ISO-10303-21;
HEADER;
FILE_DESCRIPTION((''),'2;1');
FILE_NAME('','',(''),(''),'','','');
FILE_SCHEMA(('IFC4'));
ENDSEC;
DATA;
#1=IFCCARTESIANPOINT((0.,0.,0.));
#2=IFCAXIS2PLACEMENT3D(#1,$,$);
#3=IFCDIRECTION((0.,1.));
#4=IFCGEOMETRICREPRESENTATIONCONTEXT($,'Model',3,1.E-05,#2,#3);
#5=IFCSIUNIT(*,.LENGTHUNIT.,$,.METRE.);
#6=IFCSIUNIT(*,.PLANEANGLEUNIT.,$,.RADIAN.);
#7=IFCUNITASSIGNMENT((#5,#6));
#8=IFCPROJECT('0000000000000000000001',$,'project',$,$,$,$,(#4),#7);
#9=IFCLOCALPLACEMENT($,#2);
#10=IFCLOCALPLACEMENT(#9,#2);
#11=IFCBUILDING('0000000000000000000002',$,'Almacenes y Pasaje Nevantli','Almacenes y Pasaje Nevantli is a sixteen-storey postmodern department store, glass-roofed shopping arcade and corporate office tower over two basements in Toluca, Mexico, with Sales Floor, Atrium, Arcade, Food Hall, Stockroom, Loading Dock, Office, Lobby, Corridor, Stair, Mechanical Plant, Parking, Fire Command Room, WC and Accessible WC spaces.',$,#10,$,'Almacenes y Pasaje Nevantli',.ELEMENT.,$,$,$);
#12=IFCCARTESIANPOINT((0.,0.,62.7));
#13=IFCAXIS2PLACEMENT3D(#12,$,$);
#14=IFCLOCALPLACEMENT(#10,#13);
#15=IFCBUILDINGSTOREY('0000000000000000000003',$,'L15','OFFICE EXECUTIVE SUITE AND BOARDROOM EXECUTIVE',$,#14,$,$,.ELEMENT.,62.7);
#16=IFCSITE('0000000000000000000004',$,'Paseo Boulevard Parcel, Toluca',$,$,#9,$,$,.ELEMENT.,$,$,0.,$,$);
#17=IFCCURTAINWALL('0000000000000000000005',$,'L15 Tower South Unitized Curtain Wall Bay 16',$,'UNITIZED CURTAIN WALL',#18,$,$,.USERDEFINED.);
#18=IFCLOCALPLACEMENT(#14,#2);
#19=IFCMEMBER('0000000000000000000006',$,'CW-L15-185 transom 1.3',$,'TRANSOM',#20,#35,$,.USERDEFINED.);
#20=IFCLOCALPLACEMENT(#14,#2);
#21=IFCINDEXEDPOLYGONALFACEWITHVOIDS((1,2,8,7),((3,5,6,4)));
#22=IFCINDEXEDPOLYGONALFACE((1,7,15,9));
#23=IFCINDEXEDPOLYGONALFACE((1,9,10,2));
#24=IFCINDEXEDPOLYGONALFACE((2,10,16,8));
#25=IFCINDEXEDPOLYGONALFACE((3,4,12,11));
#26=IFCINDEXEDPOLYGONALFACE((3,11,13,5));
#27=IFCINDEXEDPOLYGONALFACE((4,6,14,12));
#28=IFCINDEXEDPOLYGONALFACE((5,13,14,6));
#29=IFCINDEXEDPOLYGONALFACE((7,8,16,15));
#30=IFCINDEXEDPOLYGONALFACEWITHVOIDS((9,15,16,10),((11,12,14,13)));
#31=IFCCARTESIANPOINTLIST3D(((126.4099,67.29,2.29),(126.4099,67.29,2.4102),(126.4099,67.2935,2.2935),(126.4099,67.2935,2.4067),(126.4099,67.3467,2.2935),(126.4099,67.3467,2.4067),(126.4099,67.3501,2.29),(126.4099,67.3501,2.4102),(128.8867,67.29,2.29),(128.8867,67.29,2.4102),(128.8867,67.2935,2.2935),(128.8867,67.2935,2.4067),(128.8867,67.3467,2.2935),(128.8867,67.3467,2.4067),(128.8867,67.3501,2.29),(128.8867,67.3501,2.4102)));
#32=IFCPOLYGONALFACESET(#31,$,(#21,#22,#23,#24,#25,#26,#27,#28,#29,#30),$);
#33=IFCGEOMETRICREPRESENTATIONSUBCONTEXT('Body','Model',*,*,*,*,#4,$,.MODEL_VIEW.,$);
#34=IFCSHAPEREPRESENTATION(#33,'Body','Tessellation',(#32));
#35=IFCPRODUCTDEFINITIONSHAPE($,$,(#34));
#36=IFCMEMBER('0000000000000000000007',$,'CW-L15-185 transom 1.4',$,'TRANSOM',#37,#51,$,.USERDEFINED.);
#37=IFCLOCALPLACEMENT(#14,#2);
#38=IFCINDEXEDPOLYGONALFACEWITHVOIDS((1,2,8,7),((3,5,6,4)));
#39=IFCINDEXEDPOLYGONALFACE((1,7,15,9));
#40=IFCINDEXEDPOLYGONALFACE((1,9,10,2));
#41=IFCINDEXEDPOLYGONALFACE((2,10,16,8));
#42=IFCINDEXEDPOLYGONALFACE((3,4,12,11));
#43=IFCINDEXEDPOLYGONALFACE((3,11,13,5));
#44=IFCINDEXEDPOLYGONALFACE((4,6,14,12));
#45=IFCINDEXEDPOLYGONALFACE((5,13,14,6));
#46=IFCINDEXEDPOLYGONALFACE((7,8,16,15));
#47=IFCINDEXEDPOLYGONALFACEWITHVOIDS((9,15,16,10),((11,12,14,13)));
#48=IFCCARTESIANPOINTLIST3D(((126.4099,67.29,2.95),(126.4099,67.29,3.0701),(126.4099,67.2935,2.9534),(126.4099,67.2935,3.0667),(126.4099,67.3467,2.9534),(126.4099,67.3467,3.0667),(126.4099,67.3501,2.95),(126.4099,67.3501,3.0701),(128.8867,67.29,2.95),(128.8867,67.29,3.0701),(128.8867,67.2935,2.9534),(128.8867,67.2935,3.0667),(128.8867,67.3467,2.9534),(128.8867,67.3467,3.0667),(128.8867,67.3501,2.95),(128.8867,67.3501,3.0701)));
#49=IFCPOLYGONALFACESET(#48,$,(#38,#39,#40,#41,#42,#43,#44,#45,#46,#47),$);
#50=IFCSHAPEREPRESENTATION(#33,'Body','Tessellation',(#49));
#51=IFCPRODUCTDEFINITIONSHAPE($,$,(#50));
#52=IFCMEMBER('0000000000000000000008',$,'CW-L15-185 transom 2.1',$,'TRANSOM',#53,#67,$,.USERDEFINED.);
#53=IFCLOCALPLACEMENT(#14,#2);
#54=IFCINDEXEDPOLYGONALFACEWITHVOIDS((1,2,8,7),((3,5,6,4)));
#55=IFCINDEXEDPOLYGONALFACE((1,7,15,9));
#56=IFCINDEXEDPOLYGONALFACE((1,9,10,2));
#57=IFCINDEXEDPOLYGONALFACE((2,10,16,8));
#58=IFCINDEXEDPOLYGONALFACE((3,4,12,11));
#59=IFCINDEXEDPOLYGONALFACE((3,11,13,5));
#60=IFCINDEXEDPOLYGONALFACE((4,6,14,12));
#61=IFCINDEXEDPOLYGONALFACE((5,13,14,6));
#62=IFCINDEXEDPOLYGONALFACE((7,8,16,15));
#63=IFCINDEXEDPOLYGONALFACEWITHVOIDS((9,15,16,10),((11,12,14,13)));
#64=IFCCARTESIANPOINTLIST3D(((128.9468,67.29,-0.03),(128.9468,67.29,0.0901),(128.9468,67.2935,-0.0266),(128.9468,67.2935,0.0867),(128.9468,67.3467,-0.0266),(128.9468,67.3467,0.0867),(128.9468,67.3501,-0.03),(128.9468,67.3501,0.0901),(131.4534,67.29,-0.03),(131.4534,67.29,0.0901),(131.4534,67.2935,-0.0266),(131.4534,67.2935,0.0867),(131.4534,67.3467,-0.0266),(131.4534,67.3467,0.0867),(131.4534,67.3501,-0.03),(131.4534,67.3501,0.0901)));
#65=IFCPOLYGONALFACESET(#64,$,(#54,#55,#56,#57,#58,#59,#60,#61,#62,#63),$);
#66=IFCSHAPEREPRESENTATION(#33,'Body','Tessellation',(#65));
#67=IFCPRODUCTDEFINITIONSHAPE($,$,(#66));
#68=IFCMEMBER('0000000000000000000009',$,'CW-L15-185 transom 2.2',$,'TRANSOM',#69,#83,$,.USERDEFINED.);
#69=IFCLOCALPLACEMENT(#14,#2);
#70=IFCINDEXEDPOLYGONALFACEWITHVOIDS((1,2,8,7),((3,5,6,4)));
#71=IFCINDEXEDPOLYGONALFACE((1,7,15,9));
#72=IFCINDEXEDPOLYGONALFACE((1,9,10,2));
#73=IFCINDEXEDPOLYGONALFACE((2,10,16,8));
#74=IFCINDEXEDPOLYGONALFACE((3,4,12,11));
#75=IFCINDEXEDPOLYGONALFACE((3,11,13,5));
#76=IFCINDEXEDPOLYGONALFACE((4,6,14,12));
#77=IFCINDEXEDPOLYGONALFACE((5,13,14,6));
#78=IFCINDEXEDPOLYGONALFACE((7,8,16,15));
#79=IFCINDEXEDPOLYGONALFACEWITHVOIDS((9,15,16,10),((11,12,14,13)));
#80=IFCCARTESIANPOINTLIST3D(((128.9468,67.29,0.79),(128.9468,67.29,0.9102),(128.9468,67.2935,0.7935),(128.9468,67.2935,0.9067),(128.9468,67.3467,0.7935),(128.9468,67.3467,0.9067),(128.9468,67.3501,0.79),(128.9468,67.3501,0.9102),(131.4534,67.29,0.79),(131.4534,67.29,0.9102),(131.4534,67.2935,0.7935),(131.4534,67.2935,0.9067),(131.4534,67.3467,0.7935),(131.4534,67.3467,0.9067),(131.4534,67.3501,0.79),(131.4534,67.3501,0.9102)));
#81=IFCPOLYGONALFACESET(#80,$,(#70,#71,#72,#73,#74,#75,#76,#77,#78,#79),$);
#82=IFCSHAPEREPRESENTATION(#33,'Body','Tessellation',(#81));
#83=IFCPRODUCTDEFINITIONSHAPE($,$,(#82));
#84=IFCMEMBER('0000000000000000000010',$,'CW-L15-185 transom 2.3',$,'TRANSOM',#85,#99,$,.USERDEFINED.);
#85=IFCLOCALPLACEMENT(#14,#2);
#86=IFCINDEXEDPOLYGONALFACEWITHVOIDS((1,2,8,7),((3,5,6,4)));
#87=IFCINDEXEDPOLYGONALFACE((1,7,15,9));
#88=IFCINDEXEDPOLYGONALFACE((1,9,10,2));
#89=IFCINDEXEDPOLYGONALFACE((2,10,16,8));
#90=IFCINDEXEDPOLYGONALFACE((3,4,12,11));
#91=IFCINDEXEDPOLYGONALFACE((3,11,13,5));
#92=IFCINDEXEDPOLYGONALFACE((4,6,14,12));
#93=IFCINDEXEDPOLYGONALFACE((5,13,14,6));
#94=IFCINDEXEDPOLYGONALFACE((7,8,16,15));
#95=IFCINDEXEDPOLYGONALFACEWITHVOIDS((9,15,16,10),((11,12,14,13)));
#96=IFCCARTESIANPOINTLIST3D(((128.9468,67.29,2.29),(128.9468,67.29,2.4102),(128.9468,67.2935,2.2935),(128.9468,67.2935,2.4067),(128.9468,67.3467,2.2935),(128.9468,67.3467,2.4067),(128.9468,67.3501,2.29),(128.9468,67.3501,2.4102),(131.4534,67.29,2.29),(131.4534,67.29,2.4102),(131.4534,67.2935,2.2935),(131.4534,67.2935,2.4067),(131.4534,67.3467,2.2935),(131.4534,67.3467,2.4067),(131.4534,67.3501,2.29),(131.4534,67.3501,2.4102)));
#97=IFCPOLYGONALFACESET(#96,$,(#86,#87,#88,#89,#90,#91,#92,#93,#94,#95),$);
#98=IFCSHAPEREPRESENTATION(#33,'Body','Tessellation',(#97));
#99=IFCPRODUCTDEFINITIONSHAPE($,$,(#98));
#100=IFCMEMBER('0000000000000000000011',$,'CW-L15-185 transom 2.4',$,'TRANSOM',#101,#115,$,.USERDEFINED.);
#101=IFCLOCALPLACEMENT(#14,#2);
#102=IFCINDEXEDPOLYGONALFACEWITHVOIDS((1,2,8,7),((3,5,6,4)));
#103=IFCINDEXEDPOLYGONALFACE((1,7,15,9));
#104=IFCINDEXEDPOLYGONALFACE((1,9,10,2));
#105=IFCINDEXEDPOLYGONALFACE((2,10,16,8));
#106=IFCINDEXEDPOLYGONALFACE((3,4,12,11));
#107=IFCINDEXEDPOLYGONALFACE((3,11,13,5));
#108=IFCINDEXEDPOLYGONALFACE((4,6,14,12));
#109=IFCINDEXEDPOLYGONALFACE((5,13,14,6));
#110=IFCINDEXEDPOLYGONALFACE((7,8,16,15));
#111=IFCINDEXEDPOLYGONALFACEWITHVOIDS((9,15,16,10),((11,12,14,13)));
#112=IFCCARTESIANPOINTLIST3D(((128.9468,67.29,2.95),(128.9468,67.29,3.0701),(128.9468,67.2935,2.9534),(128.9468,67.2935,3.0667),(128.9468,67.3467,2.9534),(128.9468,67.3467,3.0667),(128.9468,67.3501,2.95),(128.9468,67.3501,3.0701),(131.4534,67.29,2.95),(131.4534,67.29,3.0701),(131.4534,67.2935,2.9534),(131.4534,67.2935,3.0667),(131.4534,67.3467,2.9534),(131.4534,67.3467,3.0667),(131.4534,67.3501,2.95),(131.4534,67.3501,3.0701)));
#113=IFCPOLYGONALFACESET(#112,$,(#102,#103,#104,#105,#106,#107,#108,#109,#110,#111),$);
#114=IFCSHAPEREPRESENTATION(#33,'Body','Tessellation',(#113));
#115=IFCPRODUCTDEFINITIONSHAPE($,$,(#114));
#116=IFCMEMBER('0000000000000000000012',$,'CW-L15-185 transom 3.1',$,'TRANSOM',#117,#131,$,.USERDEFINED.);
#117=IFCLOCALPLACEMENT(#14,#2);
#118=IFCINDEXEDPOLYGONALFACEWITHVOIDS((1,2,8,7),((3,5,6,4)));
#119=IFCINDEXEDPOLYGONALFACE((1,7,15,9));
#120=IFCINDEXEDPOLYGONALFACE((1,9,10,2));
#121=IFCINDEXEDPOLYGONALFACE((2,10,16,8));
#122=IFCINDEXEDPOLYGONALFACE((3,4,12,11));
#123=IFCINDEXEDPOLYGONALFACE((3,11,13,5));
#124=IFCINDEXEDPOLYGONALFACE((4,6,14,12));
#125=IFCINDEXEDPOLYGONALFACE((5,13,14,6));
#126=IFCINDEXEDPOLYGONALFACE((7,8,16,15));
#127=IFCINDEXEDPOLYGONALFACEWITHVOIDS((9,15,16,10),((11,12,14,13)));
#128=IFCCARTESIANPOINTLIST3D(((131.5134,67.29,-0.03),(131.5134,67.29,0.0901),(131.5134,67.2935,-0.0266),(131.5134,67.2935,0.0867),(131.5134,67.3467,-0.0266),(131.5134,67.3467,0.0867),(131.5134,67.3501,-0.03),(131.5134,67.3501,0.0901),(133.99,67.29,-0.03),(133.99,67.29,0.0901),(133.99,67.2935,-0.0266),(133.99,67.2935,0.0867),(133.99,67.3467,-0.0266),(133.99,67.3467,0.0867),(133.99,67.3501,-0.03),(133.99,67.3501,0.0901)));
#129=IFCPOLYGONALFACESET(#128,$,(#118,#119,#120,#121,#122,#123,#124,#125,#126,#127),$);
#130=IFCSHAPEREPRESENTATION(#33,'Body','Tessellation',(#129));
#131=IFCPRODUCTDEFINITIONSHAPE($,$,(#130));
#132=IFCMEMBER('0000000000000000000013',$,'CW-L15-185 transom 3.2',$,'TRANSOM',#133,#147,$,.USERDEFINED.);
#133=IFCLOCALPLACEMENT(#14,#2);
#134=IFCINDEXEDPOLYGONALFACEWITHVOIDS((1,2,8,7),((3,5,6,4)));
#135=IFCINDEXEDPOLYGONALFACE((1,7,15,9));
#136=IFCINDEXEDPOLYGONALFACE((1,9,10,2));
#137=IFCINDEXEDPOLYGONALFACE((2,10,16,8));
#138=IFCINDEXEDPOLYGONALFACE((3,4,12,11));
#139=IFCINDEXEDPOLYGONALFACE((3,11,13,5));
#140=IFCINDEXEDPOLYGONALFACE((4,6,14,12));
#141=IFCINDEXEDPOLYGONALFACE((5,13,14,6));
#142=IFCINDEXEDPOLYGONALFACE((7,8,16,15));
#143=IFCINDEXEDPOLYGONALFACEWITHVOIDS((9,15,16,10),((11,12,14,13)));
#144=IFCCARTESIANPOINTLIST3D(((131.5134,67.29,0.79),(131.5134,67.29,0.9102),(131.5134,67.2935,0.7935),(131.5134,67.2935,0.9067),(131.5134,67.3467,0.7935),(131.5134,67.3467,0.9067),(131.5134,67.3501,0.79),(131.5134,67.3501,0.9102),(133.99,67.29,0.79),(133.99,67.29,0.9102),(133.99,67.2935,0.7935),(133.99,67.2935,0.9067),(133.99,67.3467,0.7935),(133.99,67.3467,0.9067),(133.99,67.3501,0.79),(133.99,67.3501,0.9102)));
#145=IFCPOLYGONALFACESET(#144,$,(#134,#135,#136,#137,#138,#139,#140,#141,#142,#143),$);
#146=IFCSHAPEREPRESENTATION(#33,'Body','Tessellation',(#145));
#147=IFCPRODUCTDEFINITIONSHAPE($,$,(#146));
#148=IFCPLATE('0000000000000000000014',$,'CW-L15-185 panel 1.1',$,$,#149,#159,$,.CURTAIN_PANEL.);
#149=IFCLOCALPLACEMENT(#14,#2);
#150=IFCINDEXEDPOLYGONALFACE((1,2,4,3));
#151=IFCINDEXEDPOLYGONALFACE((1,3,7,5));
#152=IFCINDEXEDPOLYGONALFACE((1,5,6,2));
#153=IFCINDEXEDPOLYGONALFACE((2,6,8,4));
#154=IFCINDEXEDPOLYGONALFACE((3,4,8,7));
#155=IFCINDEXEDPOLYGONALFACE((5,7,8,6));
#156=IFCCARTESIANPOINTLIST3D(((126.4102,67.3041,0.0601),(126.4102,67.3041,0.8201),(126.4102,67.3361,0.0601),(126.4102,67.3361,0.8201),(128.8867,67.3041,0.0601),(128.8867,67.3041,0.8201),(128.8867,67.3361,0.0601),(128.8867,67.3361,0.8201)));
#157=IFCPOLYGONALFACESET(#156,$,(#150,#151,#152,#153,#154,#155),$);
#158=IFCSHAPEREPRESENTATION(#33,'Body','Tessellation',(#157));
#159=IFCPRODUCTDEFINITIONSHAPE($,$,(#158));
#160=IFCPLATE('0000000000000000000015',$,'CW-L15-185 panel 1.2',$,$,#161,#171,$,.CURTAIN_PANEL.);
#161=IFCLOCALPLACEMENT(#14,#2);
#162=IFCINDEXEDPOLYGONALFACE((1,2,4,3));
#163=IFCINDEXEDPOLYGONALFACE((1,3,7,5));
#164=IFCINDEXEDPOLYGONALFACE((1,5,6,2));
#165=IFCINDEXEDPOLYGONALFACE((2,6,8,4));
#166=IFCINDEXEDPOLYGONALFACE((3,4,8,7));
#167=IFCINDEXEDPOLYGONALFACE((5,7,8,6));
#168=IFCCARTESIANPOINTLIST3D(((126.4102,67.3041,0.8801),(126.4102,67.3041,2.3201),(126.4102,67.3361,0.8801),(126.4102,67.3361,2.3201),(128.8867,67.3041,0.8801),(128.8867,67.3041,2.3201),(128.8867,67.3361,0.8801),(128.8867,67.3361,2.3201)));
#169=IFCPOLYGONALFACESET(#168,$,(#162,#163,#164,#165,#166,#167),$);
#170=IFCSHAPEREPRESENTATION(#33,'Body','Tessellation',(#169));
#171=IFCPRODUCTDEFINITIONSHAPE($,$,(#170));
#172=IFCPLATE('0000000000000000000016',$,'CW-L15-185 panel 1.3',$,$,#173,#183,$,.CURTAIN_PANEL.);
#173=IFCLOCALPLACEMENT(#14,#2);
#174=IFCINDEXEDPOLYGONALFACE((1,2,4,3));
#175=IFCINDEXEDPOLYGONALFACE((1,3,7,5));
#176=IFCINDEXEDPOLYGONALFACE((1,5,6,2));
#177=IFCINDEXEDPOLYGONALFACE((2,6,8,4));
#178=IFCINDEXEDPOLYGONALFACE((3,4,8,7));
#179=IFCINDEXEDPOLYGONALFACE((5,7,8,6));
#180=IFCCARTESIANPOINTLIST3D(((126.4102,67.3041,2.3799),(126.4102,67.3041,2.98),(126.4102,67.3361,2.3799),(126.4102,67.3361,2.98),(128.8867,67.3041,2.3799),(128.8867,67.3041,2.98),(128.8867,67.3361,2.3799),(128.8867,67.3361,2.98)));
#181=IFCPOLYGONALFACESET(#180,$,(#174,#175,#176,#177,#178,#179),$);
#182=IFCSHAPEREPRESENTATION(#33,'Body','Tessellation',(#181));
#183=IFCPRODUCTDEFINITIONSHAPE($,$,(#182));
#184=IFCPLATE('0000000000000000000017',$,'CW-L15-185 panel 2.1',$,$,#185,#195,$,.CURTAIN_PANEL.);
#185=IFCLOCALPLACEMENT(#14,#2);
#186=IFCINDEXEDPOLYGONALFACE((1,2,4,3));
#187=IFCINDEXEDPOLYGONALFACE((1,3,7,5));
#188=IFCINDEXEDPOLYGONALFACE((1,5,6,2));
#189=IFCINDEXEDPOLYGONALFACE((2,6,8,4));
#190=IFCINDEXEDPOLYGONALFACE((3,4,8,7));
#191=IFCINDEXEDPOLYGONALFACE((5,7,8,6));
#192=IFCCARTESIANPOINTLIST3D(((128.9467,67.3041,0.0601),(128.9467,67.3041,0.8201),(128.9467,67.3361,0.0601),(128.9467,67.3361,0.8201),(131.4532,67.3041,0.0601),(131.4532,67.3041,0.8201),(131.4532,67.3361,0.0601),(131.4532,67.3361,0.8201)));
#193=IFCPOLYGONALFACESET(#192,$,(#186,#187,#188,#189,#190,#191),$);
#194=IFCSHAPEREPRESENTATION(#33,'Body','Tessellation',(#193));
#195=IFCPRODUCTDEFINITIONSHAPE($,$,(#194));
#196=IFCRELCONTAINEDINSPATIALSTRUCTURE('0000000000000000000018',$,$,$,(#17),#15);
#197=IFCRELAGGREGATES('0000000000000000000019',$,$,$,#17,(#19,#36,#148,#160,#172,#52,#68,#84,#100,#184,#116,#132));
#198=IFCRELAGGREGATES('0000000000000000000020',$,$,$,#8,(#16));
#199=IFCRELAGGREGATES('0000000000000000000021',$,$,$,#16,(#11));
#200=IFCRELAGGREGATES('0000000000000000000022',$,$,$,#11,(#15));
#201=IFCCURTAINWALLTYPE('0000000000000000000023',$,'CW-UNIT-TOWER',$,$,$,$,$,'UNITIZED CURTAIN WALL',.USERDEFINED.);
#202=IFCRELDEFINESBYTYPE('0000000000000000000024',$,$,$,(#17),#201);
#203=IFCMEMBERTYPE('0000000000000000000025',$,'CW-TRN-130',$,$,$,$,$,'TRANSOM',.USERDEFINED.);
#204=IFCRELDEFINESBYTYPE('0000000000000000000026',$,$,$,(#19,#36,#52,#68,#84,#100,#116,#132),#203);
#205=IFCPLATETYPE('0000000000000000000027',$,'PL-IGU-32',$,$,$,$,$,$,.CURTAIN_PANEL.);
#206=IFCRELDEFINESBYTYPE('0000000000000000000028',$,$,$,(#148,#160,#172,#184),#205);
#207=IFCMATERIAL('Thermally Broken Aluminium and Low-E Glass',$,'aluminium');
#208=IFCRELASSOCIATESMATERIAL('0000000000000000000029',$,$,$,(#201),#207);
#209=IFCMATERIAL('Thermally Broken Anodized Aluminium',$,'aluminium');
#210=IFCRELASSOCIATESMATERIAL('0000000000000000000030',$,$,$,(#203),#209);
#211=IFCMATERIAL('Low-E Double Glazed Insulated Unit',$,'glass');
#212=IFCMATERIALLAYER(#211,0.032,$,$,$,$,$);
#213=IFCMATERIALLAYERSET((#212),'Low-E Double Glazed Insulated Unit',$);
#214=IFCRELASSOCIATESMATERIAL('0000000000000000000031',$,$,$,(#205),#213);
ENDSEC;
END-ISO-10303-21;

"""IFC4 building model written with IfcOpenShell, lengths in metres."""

from ifc_helpers import new_model, si_unit, direction, frame, origin, origin_2d, place, context, subcontext, project, spatial, rectangle, hollow_rectangle, extrude, material, layer, layer_set, material_profile, profile_set, type_object, element, aggregate, save


model = new_model("IFC4")

# Units and contexts
model_context = context("Model", 3, precision=1e-05, world=origin(), true_north=direction((0.0, 1.0)))
body_context = subcontext(model_context, "Body", "Model", "MODEL_VIEW")
ifc_project = project(units=[si_unit("LENGTHUNIT", "METRE"), si_unit("PLANEANGLEUNIT", "RADIAN")], contexts=[model_context])

# Site, building, storey
site_placement = place(None, origin())
site = spatial("IfcSite", under=ifc_project, at=site_placement, Name="Paseo Boulevard Parcel, Toluca", CompositionType="ELEMENT", RefElevation=0.0)
building_placement = place(site_placement, origin())
building = spatial("IfcBuilding", under=site, at=building_placement, Name="Almacenes y Pasaje Nevantli", Description="Almacenes y Pasaje Nevantli is a sixteen-storey postmodern department store, glass-roofed shopping arcade and corporate office tower over two basements in Toluca, Mexico, with Sales Floor, Atrium, Arcade, Food Hall, Stockroom, Loading Dock, Office, Lobby, Corridor, Stair, Mechanical Plant, Parking, Fire Command Room, WC and Accessible WC spaces.", LongName="Almacenes y Pasaje Nevantli", CompositionType="ELEMENT")
storey_placement = place(building_placement, frame((0.0, 0.0, 62.7)))
storey = spatial("IfcBuildingStorey", under=building, at=storey_placement, Name="L15", Description="OFFICE EXECUTIVE SUITE AND BOARDROOM EXECUTIVE", CompositionType="ELEMENT", Elevation=62.7)

# Curtain wall, members, plates
ifc_material_1 = material(Name="Thermally Broken Aluminium and Low-E Glass", Category="aluminium")
curtain_wall_type = type_object("IfcCurtainWallType", Name="CW-UNIT-TOWER", ElementType="UNITIZED CURTAIN WALL", PredefinedType="USERDEFINED", material=ifc_material_1)
curtain_wall_placement = place(storey_placement, origin())
curtain_wall = element("IfcCurtainWall", 1, at=curtain_wall_placement, inside=storey, type_object=curtain_wall_type, Name="L15 Tower South Unitized Curtain Wall Bay 16", ObjectType="UNITIZED CURTAIN WALL", PredefinedType="USERDEFINED")
ifc_material_2 = material(Name="Thermally Broken Anodized Aluminium", Category="aluminium")
ifc_material_profile_1 = material_profile(ifc_material_2, hollow_rectangle(XDim=0.0601, YDim=0.1201, WallThickness=0.0034, at=origin_2d()), Name="ALU-TRN-60x120")
ifc_profile_set_1 = profile_set([ifc_material_profile_1], Name="Thermally Broken Anodized Aluminium")
member_type_1 = type_object("IfcMemberType", Name="CW-TRN-130", ElementType="TRANSOM", PredefinedType="USERDEFINED", material=ifc_profile_set_1)
member_1_placement = place(storey_placement, frame((126.4099, 67.3201, 2.3501), z_axis=(1.0, 0.0, 0.0), x_axis=(0.0, 1.0, 0.0)))
member_1 = element("IfcMember", 2, at=member_1_placement, type_object=member_type_1, Name="CW-L15-185 transom 1.3", ObjectType="TRANSOM", PredefinedType="USERDEFINED", context=body_context, shape_type="SweptSolid", body=[
    extrude(hollow_rectangle(XDim=0.0601, YDim=0.1201, WallThickness=0.0034, at=origin_2d()), origin(), (0.0, 0.0, 1.0), 2.4768),
])
member_2_placement = place(storey_placement, frame((126.4099, 67.3201, 3.01), z_axis=(1.0, 0.0, 0.0), x_axis=(0.0, 1.0, 0.0)))
member_2 = element("IfcMember", 3, at=member_2_placement, type_object=member_type_1, Name="CW-L15-185 transom 1.4", ObjectType="TRANSOM", PredefinedType="USERDEFINED", context=body_context, shape_type="SweptSolid", body=[
    extrude(hollow_rectangle(XDim=0.0601, YDim=0.1201, WallThickness=0.0034, at=origin_2d()), origin(), (0.0, 0.0, 1.0), 2.4768),
])
member_3_placement = place(storey_placement, frame((128.9468, 67.3201, 0.03), z_axis=(1.0, 0.0, 0.0), x_axis=(0.0, 1.0, 0.0)))
member_3 = element("IfcMember", 4, at=member_3_placement, type_object=member_type_1, Name="CW-L15-185 transom 2.1", ObjectType="TRANSOM", PredefinedType="USERDEFINED", context=body_context, shape_type="SweptSolid", body=[
    extrude(hollow_rectangle(XDim=0.0601, YDim=0.1201, WallThickness=0.0034, at=origin_2d()), origin(), (0.0, 0.0, 1.0), 2.5066),
])
member_4_placement = place(storey_placement, frame((128.9468, 67.3201, 0.8501), z_axis=(1.0, 0.0, 0.0), x_axis=(0.0, 1.0, 0.0)))
member_4 = element("IfcMember", 5, at=member_4_placement, type_object=member_type_1, Name="CW-L15-185 transom 2.2", ObjectType="TRANSOM", PredefinedType="USERDEFINED", context=body_context, shape_type="SweptSolid", body=[
    extrude(hollow_rectangle(XDim=0.0601, YDim=0.1201, WallThickness=0.0034, at=origin_2d()), origin(), (0.0, 0.0, 1.0), 2.5066),
])
member_5_placement = place(storey_placement, frame((128.9468, 67.3201, 2.3501), z_axis=(1.0, 0.0, 0.0), x_axis=(0.0, 1.0, 0.0)))
member_5 = element("IfcMember", 6, at=member_5_placement, type_object=member_type_1, Name="CW-L15-185 transom 2.3", ObjectType="TRANSOM", PredefinedType="USERDEFINED", context=body_context, shape_type="SweptSolid", body=[
    extrude(hollow_rectangle(XDim=0.0601, YDim=0.1201, WallThickness=0.0034, at=origin_2d()), origin(), (0.0, 0.0, 1.0), 2.5066),
])
member_6_placement = place(storey_placement, frame((128.9468, 67.3201, 3.01), z_axis=(1.0, 0.0, 0.0), x_axis=(0.0, 1.0, 0.0)))
member_6 = element("IfcMember", 7, at=member_6_placement, type_object=member_type_1, Name="CW-L15-185 transom 2.4", ObjectType="TRANSOM", PredefinedType="USERDEFINED", context=body_context, shape_type="SweptSolid", body=[
    extrude(hollow_rectangle(XDim=0.0601, YDim=0.1201, WallThickness=0.0034, at=origin_2d()), origin(), (0.0, 0.0, 1.0), 2.5066),
])
member_7_placement = place(storey_placement, frame((131.5134, 67.3201, 0.03), z_axis=(1.0, 0.0, 0.0), x_axis=(0.0, 1.0, 0.0)))
member_7 = element("IfcMember", 8, at=member_7_placement, type_object=member_type_1, Name="CW-L15-185 transom 3.1", ObjectType="TRANSOM", PredefinedType="USERDEFINED", context=body_context, shape_type="SweptSolid", body=[
    extrude(hollow_rectangle(XDim=0.0601, YDim=0.1201, WallThickness=0.0034, at=origin_2d()), origin(), (0.0, 0.0, 1.0), 2.4766),
])
member_8_placement = place(storey_placement, frame((131.5134, 67.3201, 0.8501), z_axis=(1.0, 0.0, 0.0), x_axis=(0.0, 1.0, 0.0)))
member_8 = element("IfcMember", 9, at=member_8_placement, type_object=member_type_1, Name="CW-L15-185 transom 3.2", ObjectType="TRANSOM", PredefinedType="USERDEFINED", context=body_context, shape_type="SweptSolid", body=[
    extrude(hollow_rectangle(XDim=0.0601, YDim=0.1201, WallThickness=0.0034, at=origin_2d()), origin(), (0.0, 0.0, 1.0), 2.4766),
])
ifc_material_3 = material(Name="Low-E Double Glazed Insulated Unit", Category="glass")
ifc_layer_1 = layer(ifc_material_3, 0.032)
ifc_layer_set_1 = layer_set([ifc_layer_1], Name="Low-E Double Glazed Insulated Unit")
plate_type = type_object("IfcPlateType", Name="PL-IGU-32", PredefinedType="CURTAIN_PANEL", material=ifc_layer_set_1)
plate_1_placement = place(storey_placement, frame((127.6484, 67.3201, 0.0601), z_axis=(0.0, 0.0, 1.0), x_axis=(1.0, 0.0, 0.0)))
plate_1 = element("IfcPlate", 10, at=plate_1_placement, type_object=plate_type, Name="CW-L15-185 panel 1.1", PredefinedType="CURTAIN_PANEL", context=body_context, shape_type="SweptSolid", body=[
    extrude(rectangle(XDim=2.4766, YDim=0.032, at=origin_2d()), origin(), (0.0, 0.0, 1.0), 0.76),
])
plate_2_placement = place(storey_placement, frame((127.6484, 67.3201, 0.8801), z_axis=(0.0, 0.0, 1.0), x_axis=(1.0, 0.0, 0.0)))
plate_2 = element("IfcPlate", 11, at=plate_2_placement, type_object=plate_type, Name="CW-L15-185 panel 1.2", PredefinedType="CURTAIN_PANEL", context=body_context, shape_type="SweptSolid", body=[
    extrude(rectangle(XDim=2.4766, YDim=0.032, at=origin_2d()), origin(), (0.0, 0.0, 1.0), 1.4399),
])
plate_3_placement = place(storey_placement, frame((127.6484, 67.3201, 2.3799), z_axis=(0.0, 0.0, 1.0), x_axis=(1.0, 0.0, 0.0)))
plate_3 = element("IfcPlate", 12, at=plate_3_placement, type_object=plate_type, Name="CW-L15-185 panel 1.3", PredefinedType="CURTAIN_PANEL", context=body_context, shape_type="SweptSolid", body=[
    extrude(rectangle(XDim=2.4766, YDim=0.032, at=origin_2d()), origin(), (0.0, 0.0, 1.0), 0.6001),
])
plate_4_placement = place(storey_placement, frame((130.2, 67.3201, 0.0601), z_axis=(0.0, 0.0, 1.0), x_axis=(1.0, 0.0, 0.0)))
plate_4 = element("IfcPlate", 13, at=plate_4_placement, type_object=plate_type, Name="CW-L15-185 panel 2.1", PredefinedType="CURTAIN_PANEL", context=body_context, shape_type="SweptSolid", body=[
    extrude(rectangle(XDim=2.5066, YDim=0.032, at=origin_2d()), origin(), (0.0, 0.0, 1.0), 0.76),
])
aggregate(curtain_wall, [member_1, member_2, plate_1, plate_2, plate_3, member_3, member_4, member_5, member_6, plate_4, member_7, member_8])

save(model, "model.ifc")
